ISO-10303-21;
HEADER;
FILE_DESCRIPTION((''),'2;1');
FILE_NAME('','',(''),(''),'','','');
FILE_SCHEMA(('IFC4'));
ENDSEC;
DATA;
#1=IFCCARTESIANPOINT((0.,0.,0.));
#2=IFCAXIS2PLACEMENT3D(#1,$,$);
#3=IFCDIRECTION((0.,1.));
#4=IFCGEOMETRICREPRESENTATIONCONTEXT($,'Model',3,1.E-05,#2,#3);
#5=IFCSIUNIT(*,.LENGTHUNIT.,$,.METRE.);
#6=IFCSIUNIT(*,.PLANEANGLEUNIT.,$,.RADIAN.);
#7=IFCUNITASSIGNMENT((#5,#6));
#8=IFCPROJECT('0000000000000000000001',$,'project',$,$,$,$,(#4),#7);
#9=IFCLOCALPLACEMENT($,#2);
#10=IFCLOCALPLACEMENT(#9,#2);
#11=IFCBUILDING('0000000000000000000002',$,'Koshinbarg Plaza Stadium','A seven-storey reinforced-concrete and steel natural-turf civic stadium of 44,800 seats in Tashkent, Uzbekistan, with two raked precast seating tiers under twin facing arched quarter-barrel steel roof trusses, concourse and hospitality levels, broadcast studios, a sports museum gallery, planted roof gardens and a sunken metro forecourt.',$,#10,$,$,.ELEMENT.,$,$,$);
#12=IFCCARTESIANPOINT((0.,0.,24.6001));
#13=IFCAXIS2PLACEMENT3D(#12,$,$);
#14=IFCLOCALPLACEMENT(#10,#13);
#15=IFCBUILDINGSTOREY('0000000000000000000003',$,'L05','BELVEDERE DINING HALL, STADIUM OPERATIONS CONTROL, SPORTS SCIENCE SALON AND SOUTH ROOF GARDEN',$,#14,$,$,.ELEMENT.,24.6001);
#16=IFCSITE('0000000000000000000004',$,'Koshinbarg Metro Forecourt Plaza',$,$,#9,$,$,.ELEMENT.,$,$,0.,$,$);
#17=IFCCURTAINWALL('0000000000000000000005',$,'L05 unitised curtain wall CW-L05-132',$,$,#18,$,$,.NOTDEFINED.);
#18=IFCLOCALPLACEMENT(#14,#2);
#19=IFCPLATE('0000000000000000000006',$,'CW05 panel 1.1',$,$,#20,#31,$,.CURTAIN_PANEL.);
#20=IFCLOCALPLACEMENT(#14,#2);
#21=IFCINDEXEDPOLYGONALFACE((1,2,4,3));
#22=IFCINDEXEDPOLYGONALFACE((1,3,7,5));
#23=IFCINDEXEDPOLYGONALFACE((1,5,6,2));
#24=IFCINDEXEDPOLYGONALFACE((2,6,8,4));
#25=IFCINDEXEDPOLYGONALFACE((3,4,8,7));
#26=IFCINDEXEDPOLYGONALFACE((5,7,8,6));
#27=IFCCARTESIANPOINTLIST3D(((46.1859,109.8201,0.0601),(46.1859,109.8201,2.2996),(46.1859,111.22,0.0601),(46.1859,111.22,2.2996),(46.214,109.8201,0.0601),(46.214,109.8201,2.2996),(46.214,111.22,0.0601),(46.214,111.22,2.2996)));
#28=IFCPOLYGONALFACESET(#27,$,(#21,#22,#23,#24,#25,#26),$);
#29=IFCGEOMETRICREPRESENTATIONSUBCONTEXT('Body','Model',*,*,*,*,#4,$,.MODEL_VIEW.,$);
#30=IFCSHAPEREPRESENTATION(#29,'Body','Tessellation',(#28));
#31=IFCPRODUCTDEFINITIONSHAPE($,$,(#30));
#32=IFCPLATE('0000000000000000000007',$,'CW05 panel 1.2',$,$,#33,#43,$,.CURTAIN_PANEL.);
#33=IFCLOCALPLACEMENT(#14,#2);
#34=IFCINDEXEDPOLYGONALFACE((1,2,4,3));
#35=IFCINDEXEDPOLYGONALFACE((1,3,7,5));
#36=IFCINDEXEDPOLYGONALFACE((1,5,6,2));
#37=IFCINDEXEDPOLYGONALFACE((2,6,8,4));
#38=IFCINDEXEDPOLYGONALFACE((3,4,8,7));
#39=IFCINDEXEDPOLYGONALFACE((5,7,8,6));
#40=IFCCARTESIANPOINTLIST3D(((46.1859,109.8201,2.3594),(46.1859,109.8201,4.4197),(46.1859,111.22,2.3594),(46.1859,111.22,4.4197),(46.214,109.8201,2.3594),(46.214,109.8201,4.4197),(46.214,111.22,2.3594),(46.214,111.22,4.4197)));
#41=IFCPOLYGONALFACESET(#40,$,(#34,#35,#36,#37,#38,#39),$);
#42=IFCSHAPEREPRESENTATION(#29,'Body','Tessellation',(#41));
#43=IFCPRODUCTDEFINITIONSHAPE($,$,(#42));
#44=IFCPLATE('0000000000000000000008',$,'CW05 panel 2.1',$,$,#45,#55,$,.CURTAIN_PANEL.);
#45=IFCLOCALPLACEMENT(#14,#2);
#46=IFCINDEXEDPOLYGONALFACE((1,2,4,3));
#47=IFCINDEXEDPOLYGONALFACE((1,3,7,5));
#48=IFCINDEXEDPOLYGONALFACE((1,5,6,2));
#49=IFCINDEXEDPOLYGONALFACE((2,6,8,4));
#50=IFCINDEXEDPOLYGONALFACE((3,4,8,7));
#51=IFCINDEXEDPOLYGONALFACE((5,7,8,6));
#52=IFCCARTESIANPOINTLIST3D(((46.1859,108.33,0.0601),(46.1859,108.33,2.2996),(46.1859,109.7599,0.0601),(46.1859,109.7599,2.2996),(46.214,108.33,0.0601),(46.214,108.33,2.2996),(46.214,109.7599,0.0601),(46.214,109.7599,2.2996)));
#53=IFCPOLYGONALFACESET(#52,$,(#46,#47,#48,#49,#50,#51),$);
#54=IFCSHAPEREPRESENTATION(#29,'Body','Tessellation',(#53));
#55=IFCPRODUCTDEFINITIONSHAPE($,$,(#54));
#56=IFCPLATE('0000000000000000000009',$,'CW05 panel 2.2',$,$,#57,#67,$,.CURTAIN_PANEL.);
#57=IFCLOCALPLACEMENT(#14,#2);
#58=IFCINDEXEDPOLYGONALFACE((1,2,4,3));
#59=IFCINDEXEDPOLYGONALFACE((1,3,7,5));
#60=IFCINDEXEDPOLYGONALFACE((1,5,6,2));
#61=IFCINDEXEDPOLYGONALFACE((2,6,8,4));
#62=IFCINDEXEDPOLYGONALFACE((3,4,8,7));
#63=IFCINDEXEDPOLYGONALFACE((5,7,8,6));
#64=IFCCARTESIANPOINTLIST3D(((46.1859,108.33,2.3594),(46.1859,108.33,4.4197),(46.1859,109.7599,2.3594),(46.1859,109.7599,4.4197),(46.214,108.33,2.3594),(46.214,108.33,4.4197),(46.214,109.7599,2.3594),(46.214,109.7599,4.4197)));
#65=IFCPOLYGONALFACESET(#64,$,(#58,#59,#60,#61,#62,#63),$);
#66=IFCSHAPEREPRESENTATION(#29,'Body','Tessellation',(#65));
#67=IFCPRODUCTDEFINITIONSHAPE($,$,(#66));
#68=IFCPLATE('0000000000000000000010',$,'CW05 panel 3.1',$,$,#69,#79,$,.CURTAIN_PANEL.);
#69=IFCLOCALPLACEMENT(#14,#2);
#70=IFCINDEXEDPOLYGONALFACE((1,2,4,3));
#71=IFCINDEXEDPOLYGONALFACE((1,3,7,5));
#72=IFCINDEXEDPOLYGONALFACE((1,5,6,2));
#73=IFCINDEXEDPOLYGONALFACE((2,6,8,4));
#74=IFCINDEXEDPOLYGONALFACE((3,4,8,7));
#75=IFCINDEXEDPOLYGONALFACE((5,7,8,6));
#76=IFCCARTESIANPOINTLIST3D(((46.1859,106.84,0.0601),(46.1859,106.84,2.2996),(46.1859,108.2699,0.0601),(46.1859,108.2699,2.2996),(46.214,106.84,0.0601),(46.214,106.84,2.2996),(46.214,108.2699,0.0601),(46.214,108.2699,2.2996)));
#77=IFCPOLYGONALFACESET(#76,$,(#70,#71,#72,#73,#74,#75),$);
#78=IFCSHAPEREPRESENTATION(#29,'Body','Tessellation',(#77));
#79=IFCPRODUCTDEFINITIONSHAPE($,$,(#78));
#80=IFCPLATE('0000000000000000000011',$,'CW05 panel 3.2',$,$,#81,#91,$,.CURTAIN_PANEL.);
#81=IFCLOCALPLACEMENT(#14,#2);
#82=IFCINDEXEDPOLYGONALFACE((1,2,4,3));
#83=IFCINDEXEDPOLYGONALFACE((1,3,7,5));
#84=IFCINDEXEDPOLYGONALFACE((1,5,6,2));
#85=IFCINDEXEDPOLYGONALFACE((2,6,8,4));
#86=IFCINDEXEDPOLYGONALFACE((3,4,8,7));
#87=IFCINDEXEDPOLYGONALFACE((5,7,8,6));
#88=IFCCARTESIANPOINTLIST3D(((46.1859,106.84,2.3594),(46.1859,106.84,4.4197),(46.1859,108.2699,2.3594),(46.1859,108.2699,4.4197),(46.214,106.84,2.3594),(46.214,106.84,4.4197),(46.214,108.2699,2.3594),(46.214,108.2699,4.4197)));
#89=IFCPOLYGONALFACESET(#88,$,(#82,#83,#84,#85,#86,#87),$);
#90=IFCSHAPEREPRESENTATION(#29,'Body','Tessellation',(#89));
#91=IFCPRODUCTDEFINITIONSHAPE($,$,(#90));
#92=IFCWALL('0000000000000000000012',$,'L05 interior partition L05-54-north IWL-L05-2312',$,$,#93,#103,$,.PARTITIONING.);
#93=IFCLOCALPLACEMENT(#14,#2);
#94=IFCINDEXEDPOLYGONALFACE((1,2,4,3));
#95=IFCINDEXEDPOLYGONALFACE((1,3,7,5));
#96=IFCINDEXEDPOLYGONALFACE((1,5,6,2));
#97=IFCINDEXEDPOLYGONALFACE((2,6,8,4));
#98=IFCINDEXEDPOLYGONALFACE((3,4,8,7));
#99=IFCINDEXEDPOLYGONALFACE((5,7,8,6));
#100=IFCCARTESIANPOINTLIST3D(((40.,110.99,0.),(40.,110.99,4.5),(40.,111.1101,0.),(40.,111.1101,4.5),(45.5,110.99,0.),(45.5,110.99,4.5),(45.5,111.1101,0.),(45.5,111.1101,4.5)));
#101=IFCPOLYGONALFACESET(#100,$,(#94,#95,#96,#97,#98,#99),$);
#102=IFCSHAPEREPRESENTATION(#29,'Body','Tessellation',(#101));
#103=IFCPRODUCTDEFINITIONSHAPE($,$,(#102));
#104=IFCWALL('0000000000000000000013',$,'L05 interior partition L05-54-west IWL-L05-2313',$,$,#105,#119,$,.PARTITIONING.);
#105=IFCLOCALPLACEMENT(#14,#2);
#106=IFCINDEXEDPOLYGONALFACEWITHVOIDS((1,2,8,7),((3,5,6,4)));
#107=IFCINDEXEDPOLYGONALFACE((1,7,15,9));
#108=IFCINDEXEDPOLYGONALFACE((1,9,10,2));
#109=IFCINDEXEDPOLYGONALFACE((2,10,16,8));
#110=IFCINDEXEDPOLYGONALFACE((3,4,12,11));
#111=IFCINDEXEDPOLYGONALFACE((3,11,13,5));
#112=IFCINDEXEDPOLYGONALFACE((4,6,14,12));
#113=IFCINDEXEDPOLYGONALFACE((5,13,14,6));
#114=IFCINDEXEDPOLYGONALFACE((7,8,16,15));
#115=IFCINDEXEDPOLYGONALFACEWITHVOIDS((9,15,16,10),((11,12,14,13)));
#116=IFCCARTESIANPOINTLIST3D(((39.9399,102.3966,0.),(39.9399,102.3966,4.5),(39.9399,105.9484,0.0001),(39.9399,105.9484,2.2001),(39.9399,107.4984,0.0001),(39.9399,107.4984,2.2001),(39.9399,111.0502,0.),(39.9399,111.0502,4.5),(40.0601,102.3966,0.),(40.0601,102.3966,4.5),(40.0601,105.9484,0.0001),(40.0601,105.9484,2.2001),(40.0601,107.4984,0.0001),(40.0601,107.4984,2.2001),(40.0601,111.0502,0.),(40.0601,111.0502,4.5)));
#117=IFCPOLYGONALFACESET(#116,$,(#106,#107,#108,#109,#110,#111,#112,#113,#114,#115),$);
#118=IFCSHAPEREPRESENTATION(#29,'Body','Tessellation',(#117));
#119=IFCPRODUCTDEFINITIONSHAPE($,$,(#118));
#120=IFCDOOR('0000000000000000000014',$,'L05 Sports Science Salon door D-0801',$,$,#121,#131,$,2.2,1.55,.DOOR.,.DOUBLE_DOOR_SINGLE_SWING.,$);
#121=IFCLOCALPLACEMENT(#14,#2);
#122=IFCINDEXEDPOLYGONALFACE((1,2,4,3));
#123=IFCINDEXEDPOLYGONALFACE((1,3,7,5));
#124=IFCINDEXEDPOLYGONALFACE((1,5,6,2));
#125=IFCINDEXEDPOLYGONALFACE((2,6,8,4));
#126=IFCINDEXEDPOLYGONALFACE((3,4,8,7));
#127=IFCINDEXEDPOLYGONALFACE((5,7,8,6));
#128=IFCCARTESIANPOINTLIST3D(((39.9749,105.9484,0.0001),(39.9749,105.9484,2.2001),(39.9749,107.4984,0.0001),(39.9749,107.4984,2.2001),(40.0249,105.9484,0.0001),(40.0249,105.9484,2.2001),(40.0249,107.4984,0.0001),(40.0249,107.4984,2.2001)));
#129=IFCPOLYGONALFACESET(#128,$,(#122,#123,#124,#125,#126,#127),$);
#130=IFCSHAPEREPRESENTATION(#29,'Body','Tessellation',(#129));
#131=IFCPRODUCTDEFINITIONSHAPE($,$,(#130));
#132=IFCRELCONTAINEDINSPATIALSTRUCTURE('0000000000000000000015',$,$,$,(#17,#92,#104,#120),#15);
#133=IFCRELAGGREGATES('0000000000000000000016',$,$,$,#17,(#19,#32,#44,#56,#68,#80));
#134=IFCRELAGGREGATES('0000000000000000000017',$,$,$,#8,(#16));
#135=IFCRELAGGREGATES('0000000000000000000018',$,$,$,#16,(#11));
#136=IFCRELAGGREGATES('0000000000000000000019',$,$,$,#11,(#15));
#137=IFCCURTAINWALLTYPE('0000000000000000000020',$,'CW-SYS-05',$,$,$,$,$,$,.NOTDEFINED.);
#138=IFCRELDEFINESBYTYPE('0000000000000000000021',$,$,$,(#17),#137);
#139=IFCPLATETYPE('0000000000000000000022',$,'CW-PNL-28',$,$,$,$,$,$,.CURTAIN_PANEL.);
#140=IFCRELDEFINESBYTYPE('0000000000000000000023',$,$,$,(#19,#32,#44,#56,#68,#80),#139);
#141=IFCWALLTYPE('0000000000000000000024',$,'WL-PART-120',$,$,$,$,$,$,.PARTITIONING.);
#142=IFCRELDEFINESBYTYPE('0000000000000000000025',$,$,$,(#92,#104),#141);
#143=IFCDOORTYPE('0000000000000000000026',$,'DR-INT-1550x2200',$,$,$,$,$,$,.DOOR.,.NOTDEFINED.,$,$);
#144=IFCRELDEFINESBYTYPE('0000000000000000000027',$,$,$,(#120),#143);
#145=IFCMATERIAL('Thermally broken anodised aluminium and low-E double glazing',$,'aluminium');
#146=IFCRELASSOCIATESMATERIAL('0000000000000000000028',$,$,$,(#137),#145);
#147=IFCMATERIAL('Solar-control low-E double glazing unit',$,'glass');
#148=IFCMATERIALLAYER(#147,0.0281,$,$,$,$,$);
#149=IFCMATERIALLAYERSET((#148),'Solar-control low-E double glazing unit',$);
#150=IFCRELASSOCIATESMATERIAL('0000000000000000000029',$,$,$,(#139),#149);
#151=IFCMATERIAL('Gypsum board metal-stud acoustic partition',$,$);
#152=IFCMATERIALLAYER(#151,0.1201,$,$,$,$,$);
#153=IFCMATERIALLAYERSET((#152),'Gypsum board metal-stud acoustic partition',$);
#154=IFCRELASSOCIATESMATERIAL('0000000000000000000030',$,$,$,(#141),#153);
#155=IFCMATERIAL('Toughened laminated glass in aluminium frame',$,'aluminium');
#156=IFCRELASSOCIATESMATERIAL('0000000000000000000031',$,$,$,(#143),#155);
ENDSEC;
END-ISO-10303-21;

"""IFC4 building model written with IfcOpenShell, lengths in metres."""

from ifc_helpers import new_model, si_unit, direction, frame, frame_2d, origin, origin_2d, place, context, subcontext, project, spatial, rectangle, extrude, material, layer, layer_set, type_object, element, fill, aggregate, save


model = new_model("IFC4")

# Units and contexts
model_context = context("Model", 3, precision=1e-05, world=origin(), true_north=direction((0.0, 1.0)))
body_context = subcontext(model_context, "Body", "Model", "MODEL_VIEW")
ifc_project = project(units=[si_unit("LENGTHUNIT", "METRE"), si_unit("PLANEANGLEUNIT", "RADIAN")], contexts=[model_context])

# Site, building, storey
site_placement = place(None, origin())
site = spatial("IfcSite", under=ifc_project, at=site_placement, Name="Koshinbarg Metro Forecourt Plaza", CompositionType="ELEMENT", RefElevation=0.0)
building_placement = place(site_placement, origin())
building = spatial("IfcBuilding", under=site, at=building_placement, Name="Koshinbarg Plaza Stadium", Description="A seven-storey reinforced-concrete and steel natural-turf civic stadium of 44,800 seats in Tashkent, Uzbekistan, with two raked precast seating tiers under twin facing arched quarter-barrel steel roof trusses, concourse and hospitality levels, broadcast studios, a sports museum gallery, planted roof gardens and a sunken metro forecourt.", CompositionType="ELEMENT")
storey_placement = place(building_placement, frame((0.0, 0.0, 24.6001)))
storey = spatial("IfcBuildingStorey", under=building, at=storey_placement, Name="L05", Description="BELVEDERE DINING HALL, STADIUM OPERATIONS CONTROL, SPORTS SCIENCE SALON AND SOUTH ROOF GARDEN", CompositionType="ELEMENT", Elevation=24.6001)

# Curtain wall, plates
ifc_material_1 = material(Name="Thermally broken anodised aluminium and low-E double glazing", Category="aluminium")
curtain_wall_type = type_object("IfcCurtainWallType", Name="CW-SYS-05", PredefinedType="NOTDEFINED", material=ifc_material_1)
curtain_wall_placement = place(storey_placement, origin())
curtain_wall = element("IfcCurtainWall", 1, at=curtain_wall_placement, inside=storey, type_object=curtain_wall_type, Name="L05 unitised curtain wall CW-L05-132", PredefinedType="NOTDEFINED")
ifc_material_2 = material(Name="Solar-control low-E double glazing unit", Category="glass")
ifc_layer_1 = layer(ifc_material_2, 0.0281)
ifc_layer_set_1 = layer_set([ifc_layer_1], Name="Solar-control low-E double glazing unit")
plate_type = type_object("IfcPlateType", Name="CW-PNL-28", PredefinedType="CURTAIN_PANEL", material=ifc_layer_set_1)
plate_1_placement = place(storey_placement, frame((46.2, 110.52, 0.0601), z_axis=(0.0, 0.0, 1.0), x_axis=(0.0, -1.0, 0.0)))
plate_1 = element("IfcPlate", 2, at=plate_1_placement, type_object=plate_type, Name="CW05 panel 1.1", PredefinedType="CURTAIN_PANEL", context=body_context, shape_type="SweptSolid", body=[
    extrude(rectangle(XDim=1.3999, YDim=0.0281, at=origin_2d()), origin(), (0.0, 0.0, 1.0), 2.2395),
])
plate_2_placement = place(storey_placement, frame((46.2, 110.52, 2.3594), z_axis=(0.0, 0.0, 1.0), x_axis=(0.0, -1.0, 0.0)))
plate_2 = element("IfcPlate", 3, at=plate_2_placement, type_object=plate_type, Name="CW05 panel 1.2", PredefinedType="CURTAIN_PANEL", context=body_context, shape_type="SweptSolid", body=[
    extrude(rectangle(XDim=1.3999, YDim=0.0281, at=origin_2d()), origin(), (0.0, 0.0, 1.0), 2.0603),
])
plate_3_placement = place(storey_placement, frame((46.2, 109.0449, 0.0601), z_axis=(0.0, 0.0, 1.0), x_axis=(0.0, -1.0, 0.0)))
plate_3 = element("IfcPlate", 4, at=plate_3_placement, type_object=plate_type, Name="CW05 panel 2.1", PredefinedType="CURTAIN_PANEL", context=body_context, shape_type="SweptSolid", body=[
    extrude(rectangle(XDim=1.4299, YDim=0.0281, at=origin_2d()), origin(), (0.0, 0.0, 1.0), 2.2395),
])
plate_4_placement = place(storey_placement, frame((46.2, 109.0449, 2.3594), z_axis=(0.0, 0.0, 1.0), x_axis=(0.0, -1.0, 0.0)))
plate_4 = element("IfcPlate", 5, at=plate_4_placement, type_object=plate_type, Name="CW05 panel 2.2", PredefinedType="CURTAIN_PANEL", context=body_context, shape_type="SweptSolid", body=[
    extrude(rectangle(XDim=1.4299, YDim=0.0281, at=origin_2d()), origin(), (0.0, 0.0, 1.0), 2.0603),
])
plate_5_placement = place(storey_placement, frame((46.2, 107.5549, 0.0601), z_axis=(0.0, 0.0, 1.0), x_axis=(0.0, -1.0, 0.0)))
plate_5 = element("IfcPlate", 6, at=plate_5_placement, type_object=plate_type, Name="CW05 panel 3.1", PredefinedType="CURTAIN_PANEL", context=body_context, shape_type="SweptSolid", body=[
    extrude(rectangle(XDim=1.4299, YDim=0.0281, at=origin_2d()), origin(), (0.0, 0.0, 1.0), 2.2395),
])
plate_6_placement = place(storey_placement, frame((46.2, 107.5549, 2.3594), z_axis=(0.0, 0.0, 1.0), x_axis=(0.0, -1.0, 0.0)))
plate_6 = element("IfcPlate", 7, at=plate_6_placement, type_object=plate_type, Name="CW05 panel 3.2", PredefinedType="CURTAIN_PANEL", context=body_context, shape_type="SweptSolid", body=[
    extrude(rectangle(XDim=1.4299, YDim=0.0281, at=origin_2d()), origin(), (0.0, 0.0, 1.0), 2.0603),
])
aggregate(curtain_wall, [plate_1, plate_2, plate_3, plate_4, plate_5, plate_6])

# Wall
ifc_material_3 = material(Name="Gypsum board metal-stud acoustic partition")
ifc_layer_2 = layer(ifc_material_3, 0.1201)
ifc_layer_set_2 = layer_set([ifc_layer_2], Name="Gypsum board metal-stud acoustic partition")
wall_type = type_object("IfcWallType", Name="WL-PART-120", PredefinedType="PARTITIONING", material=ifc_layer_set_2)
wall_1_placement = place(storey_placement, frame((45.5, 111.05, 0.0), z_axis=(0.0, 0.0, 1.0), x_axis=(-1.0, 0.0, 0.0)))
element("IfcWall", 8, at=wall_1_placement, inside=storey, type_object=wall_type, Name="L05 interior partition L05-54-north IWL-L05-2312", PredefinedType="PARTITIONING", context=body_context, shape_type="SweptSolid", body=[
    extrude(rectangle(XDim=5.5, YDim=0.1201, at=frame_2d((2.75, 0.0))), origin(), (0.0, 0.0, 1.0), 4.5),
])

# Wall, opening, door
wall_2_placement = place(storey_placement, frame((40.0, 111.05, 0.0), z_axis=(0.0, 0.0, 1.0), x_axis=(0.0, -1.0, 0.0)))
wall_2 = element("IfcWall", 9, at=wall_2_placement, inside=storey, type_object=wall_type, Name="L05 interior partition L05-54-west IWL-L05-2313", PredefinedType="PARTITIONING", context=body_context, shape_type="SweptSolid", body=[
    extrude(rectangle(XDim=8.6536, YDim=0.1201, at=frame_2d((4.3267, 0.0))), origin(), (0.0, 0.0, 1.0), 4.5),
])
opening_placement = place(wall_2_placement, frame((3.5518, 0.0, 0.0)))
opening = element("IfcOpeningElement", 10, at=opening_placement, cuts=wall_2, PredefinedType="OPENING", context=body_context, shape_type="SweptSolid", body=[
    extrude(rectangle(XDim=1.55, YDim=2.2, at=frame_2d((0.7749, 1.1001))), frame((0.0, 0.0701, 0.0), z_axis=(0.0, -1.0, 0.0), x_axis=(1.0, 0.0, 0.0)), (0.0, 0.0, 1.0), 0.1401),
])
ifc_material_4 = material(Name="Toughened laminated glass in aluminium frame", Category="aluminium")
door_type = type_object("IfcDoorType", Name="DR-INT-1550x2200", OperationType="NOTDEFINED", PredefinedType="DOOR", material=ifc_material_4)
door_placement = place(opening_placement, origin())
door = element("IfcDoor", 11, at=door_placement, inside=storey, type_object=door_type, Name="L05 Sports Science Salon door D-0801", OperationType="DOUBLE_DOOR_SINGLE_SWING", OverallHeight=2.2, OverallWidth=1.55, PredefinedType="DOOR", context=body_context, shape_type="SweptSolid", body=[
    extrude(rectangle(XDim=1.55, YDim=2.2, at=frame_2d((0.7749, 1.1001))), frame((0.0, 0.0249, 0.0), z_axis=(0.0, -1.0, 0.0), x_axis=(1.0, 0.0, 0.0)), (0.0, 0.0, 1.0), 0.05),
])
fill(opening, door)

save(model, "model.ifc")
